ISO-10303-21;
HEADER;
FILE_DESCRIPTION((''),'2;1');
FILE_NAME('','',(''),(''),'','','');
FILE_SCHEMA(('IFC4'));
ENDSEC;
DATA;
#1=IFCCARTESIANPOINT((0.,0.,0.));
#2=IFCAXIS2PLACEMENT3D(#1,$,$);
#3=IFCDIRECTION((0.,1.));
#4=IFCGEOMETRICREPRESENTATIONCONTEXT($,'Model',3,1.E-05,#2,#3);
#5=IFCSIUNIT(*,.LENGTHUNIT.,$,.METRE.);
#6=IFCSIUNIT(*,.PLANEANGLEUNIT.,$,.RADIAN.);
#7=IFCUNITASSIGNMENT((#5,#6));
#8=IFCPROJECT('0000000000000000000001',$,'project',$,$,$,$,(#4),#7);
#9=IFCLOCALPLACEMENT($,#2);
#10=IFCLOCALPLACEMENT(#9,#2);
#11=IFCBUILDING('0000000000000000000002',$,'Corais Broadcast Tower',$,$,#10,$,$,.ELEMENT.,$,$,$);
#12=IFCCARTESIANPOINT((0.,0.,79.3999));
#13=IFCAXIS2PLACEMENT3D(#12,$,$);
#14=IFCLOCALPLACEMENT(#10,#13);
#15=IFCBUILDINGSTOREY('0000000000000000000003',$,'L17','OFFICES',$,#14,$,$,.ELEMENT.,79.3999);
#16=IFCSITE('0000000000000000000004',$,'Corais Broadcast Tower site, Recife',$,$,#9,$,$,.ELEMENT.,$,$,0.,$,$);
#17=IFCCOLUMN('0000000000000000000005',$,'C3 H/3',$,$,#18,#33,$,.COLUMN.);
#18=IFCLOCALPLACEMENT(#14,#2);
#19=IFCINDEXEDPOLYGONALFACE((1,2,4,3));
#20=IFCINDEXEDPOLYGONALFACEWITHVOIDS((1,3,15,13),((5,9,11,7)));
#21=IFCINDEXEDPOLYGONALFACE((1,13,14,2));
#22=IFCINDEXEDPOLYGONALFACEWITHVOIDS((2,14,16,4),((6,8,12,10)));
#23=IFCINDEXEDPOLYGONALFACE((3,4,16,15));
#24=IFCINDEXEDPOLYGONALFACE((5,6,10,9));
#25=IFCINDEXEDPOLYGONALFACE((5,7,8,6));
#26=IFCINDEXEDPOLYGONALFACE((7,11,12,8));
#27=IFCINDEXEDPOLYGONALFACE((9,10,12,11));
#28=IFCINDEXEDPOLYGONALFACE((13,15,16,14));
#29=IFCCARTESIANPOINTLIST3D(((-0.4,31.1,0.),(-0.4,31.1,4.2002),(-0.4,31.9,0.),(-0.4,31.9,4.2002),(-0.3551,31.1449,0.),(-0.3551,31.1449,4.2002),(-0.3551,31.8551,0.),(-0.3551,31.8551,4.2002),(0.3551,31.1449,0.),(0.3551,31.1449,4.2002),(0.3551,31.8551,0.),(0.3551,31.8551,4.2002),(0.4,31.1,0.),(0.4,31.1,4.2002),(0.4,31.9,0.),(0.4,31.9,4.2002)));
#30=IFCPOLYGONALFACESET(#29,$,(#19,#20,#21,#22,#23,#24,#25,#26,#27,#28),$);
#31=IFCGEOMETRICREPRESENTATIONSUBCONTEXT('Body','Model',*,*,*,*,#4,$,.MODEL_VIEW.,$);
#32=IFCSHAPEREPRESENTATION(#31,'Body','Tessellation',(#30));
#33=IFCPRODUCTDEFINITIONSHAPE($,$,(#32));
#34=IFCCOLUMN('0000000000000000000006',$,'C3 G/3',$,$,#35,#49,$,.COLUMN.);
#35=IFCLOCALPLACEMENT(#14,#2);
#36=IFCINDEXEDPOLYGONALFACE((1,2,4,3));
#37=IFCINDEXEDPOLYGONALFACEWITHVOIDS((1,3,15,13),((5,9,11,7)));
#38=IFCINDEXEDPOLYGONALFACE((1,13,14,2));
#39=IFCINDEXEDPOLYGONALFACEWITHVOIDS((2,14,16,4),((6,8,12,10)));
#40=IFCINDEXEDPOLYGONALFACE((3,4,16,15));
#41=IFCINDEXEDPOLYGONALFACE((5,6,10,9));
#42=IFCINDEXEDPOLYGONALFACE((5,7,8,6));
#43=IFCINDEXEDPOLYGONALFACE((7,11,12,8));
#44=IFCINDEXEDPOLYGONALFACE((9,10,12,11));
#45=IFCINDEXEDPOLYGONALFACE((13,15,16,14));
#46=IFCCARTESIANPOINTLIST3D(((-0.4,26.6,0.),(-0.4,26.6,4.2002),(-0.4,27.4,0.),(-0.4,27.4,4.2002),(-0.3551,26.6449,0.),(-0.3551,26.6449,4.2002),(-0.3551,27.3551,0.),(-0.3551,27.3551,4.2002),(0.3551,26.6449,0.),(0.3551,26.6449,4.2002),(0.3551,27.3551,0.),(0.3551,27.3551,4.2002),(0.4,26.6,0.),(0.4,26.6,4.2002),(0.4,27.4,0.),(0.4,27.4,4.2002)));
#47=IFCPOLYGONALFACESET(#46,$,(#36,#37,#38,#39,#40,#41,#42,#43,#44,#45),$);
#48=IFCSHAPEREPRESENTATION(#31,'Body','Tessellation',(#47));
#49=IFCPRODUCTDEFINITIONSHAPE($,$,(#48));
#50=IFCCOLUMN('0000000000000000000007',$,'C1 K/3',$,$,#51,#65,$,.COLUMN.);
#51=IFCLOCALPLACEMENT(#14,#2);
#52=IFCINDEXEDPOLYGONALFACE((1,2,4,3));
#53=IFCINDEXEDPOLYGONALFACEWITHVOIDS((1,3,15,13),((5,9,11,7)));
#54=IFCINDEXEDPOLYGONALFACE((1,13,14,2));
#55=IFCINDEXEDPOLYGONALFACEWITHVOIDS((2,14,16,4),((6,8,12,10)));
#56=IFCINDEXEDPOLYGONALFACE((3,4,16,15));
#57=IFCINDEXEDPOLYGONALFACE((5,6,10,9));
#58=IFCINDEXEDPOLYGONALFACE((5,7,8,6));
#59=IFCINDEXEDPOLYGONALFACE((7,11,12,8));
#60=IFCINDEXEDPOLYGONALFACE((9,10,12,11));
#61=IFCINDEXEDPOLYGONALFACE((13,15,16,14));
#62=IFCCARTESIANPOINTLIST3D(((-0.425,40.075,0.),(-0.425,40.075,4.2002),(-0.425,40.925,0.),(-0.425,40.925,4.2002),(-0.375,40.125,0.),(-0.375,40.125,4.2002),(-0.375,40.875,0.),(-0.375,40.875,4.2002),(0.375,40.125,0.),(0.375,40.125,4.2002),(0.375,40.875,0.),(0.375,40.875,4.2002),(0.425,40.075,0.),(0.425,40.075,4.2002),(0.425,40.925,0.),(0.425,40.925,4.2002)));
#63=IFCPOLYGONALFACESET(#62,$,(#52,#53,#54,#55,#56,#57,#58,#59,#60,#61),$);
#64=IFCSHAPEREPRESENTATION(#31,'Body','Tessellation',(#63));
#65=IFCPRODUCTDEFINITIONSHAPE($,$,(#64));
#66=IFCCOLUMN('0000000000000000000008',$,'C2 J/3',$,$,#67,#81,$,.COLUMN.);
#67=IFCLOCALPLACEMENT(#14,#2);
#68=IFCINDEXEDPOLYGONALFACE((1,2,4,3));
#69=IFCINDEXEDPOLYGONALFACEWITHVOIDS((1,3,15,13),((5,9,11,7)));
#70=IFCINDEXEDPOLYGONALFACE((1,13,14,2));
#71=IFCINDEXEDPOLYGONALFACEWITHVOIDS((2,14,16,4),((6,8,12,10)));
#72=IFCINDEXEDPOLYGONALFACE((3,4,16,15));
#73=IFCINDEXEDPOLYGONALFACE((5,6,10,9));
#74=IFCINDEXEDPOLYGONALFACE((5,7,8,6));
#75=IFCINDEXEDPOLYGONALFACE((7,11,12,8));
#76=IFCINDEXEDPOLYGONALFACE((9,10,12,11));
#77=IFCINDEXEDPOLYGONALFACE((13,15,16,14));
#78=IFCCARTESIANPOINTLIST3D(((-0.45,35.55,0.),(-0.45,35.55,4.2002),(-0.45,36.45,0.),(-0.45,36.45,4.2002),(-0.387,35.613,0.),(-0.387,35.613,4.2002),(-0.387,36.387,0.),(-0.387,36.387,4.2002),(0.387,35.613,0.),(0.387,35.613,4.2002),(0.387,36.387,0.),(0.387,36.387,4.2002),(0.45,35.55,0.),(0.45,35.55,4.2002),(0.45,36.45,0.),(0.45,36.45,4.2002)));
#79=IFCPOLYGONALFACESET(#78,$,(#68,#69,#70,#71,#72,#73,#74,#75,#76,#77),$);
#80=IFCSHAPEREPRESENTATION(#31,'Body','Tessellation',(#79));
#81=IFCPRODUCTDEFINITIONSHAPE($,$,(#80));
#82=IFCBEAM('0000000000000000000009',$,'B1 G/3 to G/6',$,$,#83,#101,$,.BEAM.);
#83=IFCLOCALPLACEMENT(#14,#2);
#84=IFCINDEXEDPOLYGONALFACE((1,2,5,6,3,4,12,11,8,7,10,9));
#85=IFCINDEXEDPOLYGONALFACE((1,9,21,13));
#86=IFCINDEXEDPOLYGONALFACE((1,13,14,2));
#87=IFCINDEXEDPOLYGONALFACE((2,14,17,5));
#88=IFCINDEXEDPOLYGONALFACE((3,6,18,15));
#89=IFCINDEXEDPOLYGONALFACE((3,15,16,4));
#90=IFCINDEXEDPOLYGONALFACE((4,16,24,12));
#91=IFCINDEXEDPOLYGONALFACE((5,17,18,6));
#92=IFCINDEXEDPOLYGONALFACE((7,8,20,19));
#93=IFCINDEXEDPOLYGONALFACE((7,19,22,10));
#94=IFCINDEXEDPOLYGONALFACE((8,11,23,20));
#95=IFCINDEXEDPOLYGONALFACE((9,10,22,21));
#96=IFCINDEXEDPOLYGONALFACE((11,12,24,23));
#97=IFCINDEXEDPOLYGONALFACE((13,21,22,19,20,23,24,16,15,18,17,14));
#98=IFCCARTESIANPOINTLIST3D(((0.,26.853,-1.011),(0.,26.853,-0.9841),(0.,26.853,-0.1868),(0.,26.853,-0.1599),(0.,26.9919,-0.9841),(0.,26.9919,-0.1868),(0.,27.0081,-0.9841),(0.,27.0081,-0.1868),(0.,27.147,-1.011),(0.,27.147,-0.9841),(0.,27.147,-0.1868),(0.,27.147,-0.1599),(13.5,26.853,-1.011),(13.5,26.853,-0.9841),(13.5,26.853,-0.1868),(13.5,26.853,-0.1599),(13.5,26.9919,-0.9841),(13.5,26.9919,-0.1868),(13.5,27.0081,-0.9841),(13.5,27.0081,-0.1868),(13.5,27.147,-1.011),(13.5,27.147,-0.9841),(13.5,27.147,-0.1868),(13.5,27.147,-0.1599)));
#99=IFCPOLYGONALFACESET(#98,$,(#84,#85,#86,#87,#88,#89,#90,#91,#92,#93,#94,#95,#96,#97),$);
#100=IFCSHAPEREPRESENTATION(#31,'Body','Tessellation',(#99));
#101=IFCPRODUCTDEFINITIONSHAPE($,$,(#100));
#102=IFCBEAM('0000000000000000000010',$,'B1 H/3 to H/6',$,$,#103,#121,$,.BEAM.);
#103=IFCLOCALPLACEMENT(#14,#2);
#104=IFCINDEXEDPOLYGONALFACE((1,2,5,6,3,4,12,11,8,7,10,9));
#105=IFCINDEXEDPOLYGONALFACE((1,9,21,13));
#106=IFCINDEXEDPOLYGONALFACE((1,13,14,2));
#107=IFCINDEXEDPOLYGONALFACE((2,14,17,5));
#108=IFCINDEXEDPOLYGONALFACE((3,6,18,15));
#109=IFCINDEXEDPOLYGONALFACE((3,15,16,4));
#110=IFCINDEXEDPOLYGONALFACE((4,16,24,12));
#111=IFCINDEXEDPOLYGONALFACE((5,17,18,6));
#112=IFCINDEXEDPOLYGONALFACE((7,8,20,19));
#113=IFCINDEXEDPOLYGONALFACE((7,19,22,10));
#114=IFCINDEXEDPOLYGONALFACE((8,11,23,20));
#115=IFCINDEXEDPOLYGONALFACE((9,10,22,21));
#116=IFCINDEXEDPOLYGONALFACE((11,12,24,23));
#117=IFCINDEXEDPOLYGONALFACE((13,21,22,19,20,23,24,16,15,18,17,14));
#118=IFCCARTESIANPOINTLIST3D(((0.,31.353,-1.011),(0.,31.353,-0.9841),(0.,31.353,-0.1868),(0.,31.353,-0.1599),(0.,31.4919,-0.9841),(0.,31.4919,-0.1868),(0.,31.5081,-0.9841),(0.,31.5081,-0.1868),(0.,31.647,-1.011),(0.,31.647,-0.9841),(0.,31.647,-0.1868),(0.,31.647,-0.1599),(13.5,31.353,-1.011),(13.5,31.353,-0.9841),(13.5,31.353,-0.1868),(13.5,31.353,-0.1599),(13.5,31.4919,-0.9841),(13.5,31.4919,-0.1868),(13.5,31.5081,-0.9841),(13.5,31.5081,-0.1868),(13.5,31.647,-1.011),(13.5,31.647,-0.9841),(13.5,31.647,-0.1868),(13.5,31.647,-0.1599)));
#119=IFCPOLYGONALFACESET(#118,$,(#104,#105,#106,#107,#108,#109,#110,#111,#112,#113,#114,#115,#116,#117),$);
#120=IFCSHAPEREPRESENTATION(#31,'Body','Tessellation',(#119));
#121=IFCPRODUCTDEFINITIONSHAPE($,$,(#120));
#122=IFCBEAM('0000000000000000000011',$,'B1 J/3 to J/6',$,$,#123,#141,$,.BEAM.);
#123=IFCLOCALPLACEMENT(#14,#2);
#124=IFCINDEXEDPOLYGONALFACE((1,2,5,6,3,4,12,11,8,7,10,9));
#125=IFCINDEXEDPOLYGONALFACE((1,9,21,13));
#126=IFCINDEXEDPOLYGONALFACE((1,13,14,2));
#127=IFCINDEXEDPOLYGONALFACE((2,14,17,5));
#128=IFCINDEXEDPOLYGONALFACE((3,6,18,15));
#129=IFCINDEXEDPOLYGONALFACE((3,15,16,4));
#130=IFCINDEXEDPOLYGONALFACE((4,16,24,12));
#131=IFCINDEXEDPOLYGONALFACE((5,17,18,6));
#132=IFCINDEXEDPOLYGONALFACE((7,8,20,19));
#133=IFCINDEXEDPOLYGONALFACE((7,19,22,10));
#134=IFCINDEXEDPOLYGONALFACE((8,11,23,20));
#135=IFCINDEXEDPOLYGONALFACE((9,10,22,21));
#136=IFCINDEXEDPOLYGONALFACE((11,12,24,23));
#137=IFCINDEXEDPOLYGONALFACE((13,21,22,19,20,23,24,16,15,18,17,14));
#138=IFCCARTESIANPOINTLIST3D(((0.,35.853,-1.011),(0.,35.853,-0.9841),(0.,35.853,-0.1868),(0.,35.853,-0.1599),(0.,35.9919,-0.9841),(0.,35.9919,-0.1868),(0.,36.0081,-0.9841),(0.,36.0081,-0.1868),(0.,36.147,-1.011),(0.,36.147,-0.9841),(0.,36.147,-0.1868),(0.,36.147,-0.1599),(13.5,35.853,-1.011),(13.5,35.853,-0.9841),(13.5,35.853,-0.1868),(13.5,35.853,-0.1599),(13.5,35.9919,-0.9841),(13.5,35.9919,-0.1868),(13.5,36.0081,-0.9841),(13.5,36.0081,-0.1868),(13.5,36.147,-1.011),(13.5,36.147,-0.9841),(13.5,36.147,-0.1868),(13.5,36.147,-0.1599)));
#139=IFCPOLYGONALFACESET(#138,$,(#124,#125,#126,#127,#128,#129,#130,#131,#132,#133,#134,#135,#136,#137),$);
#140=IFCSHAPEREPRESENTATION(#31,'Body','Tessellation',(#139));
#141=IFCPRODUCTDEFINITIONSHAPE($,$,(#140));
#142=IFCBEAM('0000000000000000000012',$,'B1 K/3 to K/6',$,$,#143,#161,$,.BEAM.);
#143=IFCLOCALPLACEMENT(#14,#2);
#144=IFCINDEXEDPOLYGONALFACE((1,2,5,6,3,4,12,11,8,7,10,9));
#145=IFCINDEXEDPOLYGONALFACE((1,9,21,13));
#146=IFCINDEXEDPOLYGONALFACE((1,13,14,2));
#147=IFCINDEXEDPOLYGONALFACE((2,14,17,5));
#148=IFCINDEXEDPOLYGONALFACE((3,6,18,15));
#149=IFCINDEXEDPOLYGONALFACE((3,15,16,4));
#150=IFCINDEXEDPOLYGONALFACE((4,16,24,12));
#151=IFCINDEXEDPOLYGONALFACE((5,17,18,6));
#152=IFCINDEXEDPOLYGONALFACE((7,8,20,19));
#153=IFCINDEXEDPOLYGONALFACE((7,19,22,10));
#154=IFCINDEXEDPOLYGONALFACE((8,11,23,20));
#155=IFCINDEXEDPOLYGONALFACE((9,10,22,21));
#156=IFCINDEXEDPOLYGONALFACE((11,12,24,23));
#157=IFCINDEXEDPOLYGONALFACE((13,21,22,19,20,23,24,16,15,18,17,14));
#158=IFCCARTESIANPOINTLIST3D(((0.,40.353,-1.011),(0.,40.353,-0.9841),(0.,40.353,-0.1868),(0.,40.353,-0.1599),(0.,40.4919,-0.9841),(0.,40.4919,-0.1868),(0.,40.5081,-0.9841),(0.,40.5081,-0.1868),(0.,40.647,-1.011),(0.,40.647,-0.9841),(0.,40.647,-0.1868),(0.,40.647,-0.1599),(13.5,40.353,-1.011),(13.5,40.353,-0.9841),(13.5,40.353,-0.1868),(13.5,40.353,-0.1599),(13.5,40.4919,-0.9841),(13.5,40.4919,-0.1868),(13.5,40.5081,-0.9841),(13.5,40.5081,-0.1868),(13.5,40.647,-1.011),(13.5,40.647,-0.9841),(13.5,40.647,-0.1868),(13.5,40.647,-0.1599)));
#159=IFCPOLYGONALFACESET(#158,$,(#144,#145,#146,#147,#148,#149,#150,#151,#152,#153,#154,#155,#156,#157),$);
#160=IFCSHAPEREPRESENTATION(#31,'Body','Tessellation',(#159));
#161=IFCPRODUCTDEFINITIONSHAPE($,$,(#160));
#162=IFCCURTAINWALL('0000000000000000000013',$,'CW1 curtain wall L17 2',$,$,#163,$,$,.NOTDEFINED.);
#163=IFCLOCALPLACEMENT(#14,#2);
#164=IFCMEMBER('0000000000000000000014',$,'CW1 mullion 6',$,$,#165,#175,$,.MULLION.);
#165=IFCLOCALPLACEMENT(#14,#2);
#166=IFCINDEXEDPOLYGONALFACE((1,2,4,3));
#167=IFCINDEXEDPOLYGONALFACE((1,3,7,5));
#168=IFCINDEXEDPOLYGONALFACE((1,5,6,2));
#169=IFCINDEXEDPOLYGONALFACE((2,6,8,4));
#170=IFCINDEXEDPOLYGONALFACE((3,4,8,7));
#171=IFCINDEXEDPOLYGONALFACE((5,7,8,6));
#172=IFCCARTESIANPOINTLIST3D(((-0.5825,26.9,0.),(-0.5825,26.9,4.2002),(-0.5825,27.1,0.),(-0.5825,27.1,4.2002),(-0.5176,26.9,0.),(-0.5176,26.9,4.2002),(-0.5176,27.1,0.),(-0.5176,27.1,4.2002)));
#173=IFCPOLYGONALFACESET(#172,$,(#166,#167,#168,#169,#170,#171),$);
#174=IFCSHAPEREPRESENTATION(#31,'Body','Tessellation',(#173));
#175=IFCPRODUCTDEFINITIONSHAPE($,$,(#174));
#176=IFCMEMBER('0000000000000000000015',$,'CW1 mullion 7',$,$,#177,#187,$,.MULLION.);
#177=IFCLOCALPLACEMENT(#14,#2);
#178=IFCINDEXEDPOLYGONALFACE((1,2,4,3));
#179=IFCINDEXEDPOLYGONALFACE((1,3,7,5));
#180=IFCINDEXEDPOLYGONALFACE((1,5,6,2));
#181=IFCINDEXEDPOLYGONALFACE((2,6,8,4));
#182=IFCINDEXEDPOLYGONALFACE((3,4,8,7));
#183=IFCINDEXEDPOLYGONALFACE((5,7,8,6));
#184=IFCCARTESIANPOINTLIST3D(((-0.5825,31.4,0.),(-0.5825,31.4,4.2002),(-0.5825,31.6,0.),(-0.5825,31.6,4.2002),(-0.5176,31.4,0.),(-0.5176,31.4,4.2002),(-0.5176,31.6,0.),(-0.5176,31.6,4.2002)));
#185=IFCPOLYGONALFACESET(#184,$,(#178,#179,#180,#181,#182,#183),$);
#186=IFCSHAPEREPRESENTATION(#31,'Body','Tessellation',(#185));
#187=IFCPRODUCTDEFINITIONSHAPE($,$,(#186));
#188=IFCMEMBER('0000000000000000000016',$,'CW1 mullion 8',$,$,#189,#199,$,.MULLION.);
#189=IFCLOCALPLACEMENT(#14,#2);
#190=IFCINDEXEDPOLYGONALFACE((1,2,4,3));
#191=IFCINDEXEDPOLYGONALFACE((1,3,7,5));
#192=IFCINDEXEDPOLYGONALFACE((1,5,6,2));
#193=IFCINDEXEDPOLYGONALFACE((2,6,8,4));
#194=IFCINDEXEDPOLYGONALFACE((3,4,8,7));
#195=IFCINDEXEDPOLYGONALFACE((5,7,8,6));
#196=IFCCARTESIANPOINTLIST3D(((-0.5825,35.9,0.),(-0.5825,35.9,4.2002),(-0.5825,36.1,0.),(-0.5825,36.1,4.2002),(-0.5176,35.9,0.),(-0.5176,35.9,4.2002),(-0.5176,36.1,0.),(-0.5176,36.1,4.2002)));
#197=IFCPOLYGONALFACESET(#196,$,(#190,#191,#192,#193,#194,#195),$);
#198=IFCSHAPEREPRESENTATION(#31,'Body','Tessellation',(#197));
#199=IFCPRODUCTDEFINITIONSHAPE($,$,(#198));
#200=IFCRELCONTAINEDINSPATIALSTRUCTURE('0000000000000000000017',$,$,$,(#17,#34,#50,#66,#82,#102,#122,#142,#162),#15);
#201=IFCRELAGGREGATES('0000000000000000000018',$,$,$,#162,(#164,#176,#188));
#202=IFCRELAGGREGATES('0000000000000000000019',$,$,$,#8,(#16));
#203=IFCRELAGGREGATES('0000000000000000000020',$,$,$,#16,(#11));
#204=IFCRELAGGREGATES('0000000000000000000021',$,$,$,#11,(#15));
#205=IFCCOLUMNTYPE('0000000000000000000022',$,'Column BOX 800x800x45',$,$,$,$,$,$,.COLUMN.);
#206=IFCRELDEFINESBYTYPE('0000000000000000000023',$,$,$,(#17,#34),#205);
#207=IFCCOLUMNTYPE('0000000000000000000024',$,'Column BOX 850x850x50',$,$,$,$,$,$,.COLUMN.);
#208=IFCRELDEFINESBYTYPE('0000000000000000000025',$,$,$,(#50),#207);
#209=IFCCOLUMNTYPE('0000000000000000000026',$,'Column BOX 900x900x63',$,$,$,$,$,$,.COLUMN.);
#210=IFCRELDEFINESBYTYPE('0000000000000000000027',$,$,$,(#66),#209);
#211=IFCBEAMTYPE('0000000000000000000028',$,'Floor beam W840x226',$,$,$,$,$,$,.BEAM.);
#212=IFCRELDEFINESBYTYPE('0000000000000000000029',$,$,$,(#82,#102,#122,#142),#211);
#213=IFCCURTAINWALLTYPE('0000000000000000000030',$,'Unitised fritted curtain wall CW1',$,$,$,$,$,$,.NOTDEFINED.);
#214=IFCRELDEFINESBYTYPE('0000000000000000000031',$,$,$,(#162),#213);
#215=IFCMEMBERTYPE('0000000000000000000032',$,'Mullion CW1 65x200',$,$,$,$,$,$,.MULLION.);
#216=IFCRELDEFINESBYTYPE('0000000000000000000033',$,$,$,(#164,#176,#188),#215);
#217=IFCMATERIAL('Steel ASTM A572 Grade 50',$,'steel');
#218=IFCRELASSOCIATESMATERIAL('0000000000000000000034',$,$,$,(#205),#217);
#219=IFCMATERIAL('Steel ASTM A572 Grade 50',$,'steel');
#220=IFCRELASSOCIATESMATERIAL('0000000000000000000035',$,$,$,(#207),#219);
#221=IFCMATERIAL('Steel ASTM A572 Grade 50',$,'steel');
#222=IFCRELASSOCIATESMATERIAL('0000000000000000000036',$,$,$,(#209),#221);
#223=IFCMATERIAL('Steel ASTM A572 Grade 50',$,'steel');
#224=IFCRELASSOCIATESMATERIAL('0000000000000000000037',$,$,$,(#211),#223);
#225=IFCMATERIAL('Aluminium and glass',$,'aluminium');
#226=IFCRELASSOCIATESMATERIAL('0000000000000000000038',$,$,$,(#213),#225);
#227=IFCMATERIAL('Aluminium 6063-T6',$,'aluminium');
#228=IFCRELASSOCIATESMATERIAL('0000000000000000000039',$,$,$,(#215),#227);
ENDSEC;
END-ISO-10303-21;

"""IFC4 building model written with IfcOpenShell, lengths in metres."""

from ifc_helpers import new_model, si_unit, direction, frame, origin, origin_2d, place, context, subcontext, project, spatial, rectangle, hollow_rectangle, i_section, extrude, material, material_profile, profile_set, type_object, element, aggregate, save


model = new_model("IFC4")

# Units and contexts
model_context = context("Model", 3, precision=1e-05, world=origin(), true_north=direction((0.0, 1.0)))
body_context = subcontext(model_context, "Body", "Model", "MODEL_VIEW")
ifc_project = project(units=[si_unit("LENGTHUNIT", "METRE"), si_unit("PLANEANGLEUNIT", "RADIAN")], contexts=[model_context])

# Site, building, storey
site_placement = place(None, origin())
site = spatial("IfcSite", under=ifc_project, at=site_placement, Name="Corais Broadcast Tower site, Recife", CompositionType="ELEMENT", RefElevation=0.0)
building_placement = place(site_placement, origin())
building = spatial("IfcBuilding", under=site, at=building_placement, Name="Corais Broadcast Tower", CompositionType="ELEMENT")
storey_placement = place(building_placement, frame((0.0, 0.0, 79.3999)))
storey = spatial("IfcBuildingStorey", under=building, at=storey_placement, Name="L17", Description="OFFICES", CompositionType="ELEMENT", Elevation=79.3999)

# Columns
ifc_material_1 = material(Name="Steel ASTM A572 Grade 50", Category="steel")
ifc_material_profile_1 = material_profile(ifc_material_1, hollow_rectangle(XDim=0.8, YDim=0.8, WallThickness=0.0449, at=origin_2d()), Name="BOX 800x800x45")
ifc_profile_set_1 = profile_set([ifc_material_profile_1], Name="Steel ASTM A572 Grade 50")
column_type_1 = type_object("IfcColumnType", Name="Column BOX 800x800x45", PredefinedType="COLUMN", material=ifc_profile_set_1)
for number, where, z_axis, x_axis, name in (
    (1, (0.0, 31.5, 0.0), (0.0, 0.0, 1.0), (1.0, 0.0, 0.0), "C3 H/3"),
    (2, (0.0, 27.0, 0.0), (0.0, 0.0, 1.0), (1.0, 0.0, 0.0), "C3 G/3"),
):
    element("IfcColumn", number, at=place(storey_placement, frame(where, z_axis=z_axis, x_axis=x_axis)), inside=storey, type_object=column_type_1, Name=name, PredefinedType="COLUMN", context=body_context, shape_type="SweptSolid", body=[
        extrude(hollow_rectangle(XDim=0.8, YDim=0.8, WallThickness=0.0449, at=origin_2d()), origin(), (0.0, 0.0, 1.0), 4.2002),
    ])
ifc_material_2 = material(Name="Steel ASTM A572 Grade 50", Category="steel")
ifc_material_profile_2 = material_profile(ifc_material_2, hollow_rectangle(XDim=0.8501, YDim=0.8501, WallThickness=0.05, at=origin_2d()), Name="BOX 850x850x50")
ifc_profile_set_2 = profile_set([ifc_material_profile_2], Name="Steel ASTM A572 Grade 50")
column_type_2 = type_object("IfcColumnType", Name="Column BOX 850x850x50", PredefinedType="COLUMN", material=ifc_profile_set_2)
column_1_placement = place(storey_placement, frame((0.0, 40.5, 0.0), z_axis=(0.0, 0.0, 1.0), x_axis=(1.0, 0.0, 0.0)))
element("IfcColumn", 3, at=column_1_placement, inside=storey, type_object=column_type_2, Name="C1 K/3", PredefinedType="COLUMN", context=body_context, shape_type="SweptSolid", body=[
    extrude(hollow_rectangle(XDim=0.8501, YDim=0.8501, WallThickness=0.05, at=origin_2d()), origin(), (0.0, 0.0, 1.0), 4.2002),
])
ifc_material_3 = material(Name="Steel ASTM A572 Grade 50", Category="steel")
ifc_material_profile_3 = material_profile(ifc_material_3, hollow_rectangle(XDim=0.8999, YDim=0.8999, WallThickness=0.063, at=origin_2d()), Name="BOX 900x900x63")
ifc_profile_set_3 = profile_set([ifc_material_profile_3], Name="Steel ASTM A572 Grade 50")
column_type_3 = type_object("IfcColumnType", Name="Column BOX 900x900x63", PredefinedType="COLUMN", material=ifc_profile_set_3)
column_2_placement = place(storey_placement, frame((0.0, 36.0, 0.0), z_axis=(0.0, 0.0, 1.0), x_axis=(1.0, 0.0, 0.0)))
element("IfcColumn", 4, at=column_2_placement, inside=storey, type_object=column_type_3, Name="C2 J/3", PredefinedType="COLUMN", context=body_context, shape_type="SweptSolid", body=[
    extrude(hollow_rectangle(XDim=0.8999, YDim=0.8999, WallThickness=0.063, at=origin_2d()), origin(), (0.0, 0.0, 1.0), 4.2002),
])

# Beams
ifc_material_4 = material(Name="Steel ASTM A572 Grade 50", Category="steel")
ifc_material_profile_4 = material_profile(ifc_material_4, i_section(OverallWidth=0.2939, OverallDepth=0.8511, WebThickness=0.0161, FlangeThickness=0.0269, at=origin_2d()), Name="W840x226")
ifc_profile_set_4 = profile_set([ifc_material_profile_4], Name="Steel ASTM A572 Grade 50")
beam_type_1 = type_object("IfcBeamType", Name="Floor beam W840x226", PredefinedType="BEAM", material=ifc_profile_set_4)
for number, where, z_axis, x_axis, name in (
    (5, (0.0, 27.0, -0.5854), (1.0, 0.0, 0.0), (0.0, 1.0, 0.0), "B1 G/3 to G/6"),
    (6, (0.0, 31.5, -0.5854), (1.0, 0.0, 0.0), (0.0, 1.0, 0.0), "B1 H/3 to H/6"),
    (7, (0.0, 36.0, -0.5854), (1.0, 0.0, 0.0), (0.0, 1.0, 0.0), "B1 J/3 to J/6"),
    (8, (0.0, 40.5, -0.5854), (1.0, 0.0, 0.0), (0.0, 1.0, 0.0), "B1 K/3 to K/6"),
):
    element("IfcBeam", number, at=place(storey_placement, frame(where, z_axis=z_axis, x_axis=x_axis)), inside=storey, type_object=beam_type_1, Name=name, PredefinedType="BEAM", context=body_context, shape_type="SweptSolid", body=[
        extrude(i_section(OverallWidth=0.2939, OverallDepth=0.8511, WebThickness=0.0161, FlangeThickness=0.0269, at=origin_2d()), origin(), (0.0, 0.0, 1.0), 13.5),
    ])

# Curtain wall, members
ifc_material_5 = material(Name="Aluminium and glass", Category="aluminium")
curtain_wall_type = type_object("IfcCurtainWallType", Name="Unitised fritted curtain wall CW1", PredefinedType="NOTDEFINED", material=ifc_material_5)
curtain_wall_placement = place(storey_placement, origin())
curtain_wall = element("IfcCurtainWall", 9, at=curtain_wall_placement, inside=storey, type_object=curtain_wall_type, Name="CW1 curtain wall L17 2", PredefinedType="NOTDEFINED")
ifc_material_6 = material(Name="Aluminium 6063-T6", Category="aluminium")
ifc_material_profile_5 = material_profile(ifc_material_6, rectangle(XDim=0.0649, YDim=0.2, at=origin_2d()), Name="Mullion CW1 65x200")
ifc_profile_set_5 = profile_set([ifc_material_profile_5], Name="Aluminium 6063-T6")
member_type_1 = type_object("IfcMemberType", Name="Mullion CW1 65x200", PredefinedType="MULLION", material=ifc_profile_set_5)
member_1_placement = place(storey_placement, frame((-0.55, 27.0, 0.0), z_axis=(0.0, 0.0, 1.0), x_axis=(-1.0, 0.0, 0.0)))
member_1 = element("IfcMember", 10, at=member_1_placement, type_object=member_type_1, Name="CW1 mullion 6", PredefinedType="MULLION", context=body_context, shape_type="SweptSolid", body=[
    extrude(rectangle(XDim=0.0649, YDim=0.2, at=origin_2d()), origin(), (0.0, 0.0, 1.0), 4.2002),
])
member_2_placement = place(storey_placement, frame((-0.55, 31.5, 0.0), z_axis=(0.0, 0.0, 1.0), x_axis=(-1.0, 0.0, 0.0)))
member_2 = element("IfcMember", 11, at=member_2_placement, type_object=member_type_1, Name="CW1 mullion 7", PredefinedType="MULLION", context=body_context, shape_type="SweptSolid", body=[
    extrude(rectangle(XDim=0.0649, YDim=0.2, at=origin_2d()), origin(), (0.0, 0.0, 1.0), 4.2002),
])
member_3_placement = place(storey_placement, frame((-0.55, 36.0, 0.0), z_axis=(0.0, 0.0, 1.0), x_axis=(-1.0, 0.0, 0.0)))
member_3 = element("IfcMember", 12, at=member_3_placement, type_object=member_type_1, Name="CW1 mullion 8", PredefinedType="MULLION", context=body_context, shape_type="SweptSolid", body=[
    extrude(rectangle(XDim=0.0649, YDim=0.2, at=origin_2d()), origin(), (0.0, 0.0, 1.0), 4.2002),
])

aggregate(curtain_wall, [member_1, member_2, member_3])

save(model, "model.ifc")
